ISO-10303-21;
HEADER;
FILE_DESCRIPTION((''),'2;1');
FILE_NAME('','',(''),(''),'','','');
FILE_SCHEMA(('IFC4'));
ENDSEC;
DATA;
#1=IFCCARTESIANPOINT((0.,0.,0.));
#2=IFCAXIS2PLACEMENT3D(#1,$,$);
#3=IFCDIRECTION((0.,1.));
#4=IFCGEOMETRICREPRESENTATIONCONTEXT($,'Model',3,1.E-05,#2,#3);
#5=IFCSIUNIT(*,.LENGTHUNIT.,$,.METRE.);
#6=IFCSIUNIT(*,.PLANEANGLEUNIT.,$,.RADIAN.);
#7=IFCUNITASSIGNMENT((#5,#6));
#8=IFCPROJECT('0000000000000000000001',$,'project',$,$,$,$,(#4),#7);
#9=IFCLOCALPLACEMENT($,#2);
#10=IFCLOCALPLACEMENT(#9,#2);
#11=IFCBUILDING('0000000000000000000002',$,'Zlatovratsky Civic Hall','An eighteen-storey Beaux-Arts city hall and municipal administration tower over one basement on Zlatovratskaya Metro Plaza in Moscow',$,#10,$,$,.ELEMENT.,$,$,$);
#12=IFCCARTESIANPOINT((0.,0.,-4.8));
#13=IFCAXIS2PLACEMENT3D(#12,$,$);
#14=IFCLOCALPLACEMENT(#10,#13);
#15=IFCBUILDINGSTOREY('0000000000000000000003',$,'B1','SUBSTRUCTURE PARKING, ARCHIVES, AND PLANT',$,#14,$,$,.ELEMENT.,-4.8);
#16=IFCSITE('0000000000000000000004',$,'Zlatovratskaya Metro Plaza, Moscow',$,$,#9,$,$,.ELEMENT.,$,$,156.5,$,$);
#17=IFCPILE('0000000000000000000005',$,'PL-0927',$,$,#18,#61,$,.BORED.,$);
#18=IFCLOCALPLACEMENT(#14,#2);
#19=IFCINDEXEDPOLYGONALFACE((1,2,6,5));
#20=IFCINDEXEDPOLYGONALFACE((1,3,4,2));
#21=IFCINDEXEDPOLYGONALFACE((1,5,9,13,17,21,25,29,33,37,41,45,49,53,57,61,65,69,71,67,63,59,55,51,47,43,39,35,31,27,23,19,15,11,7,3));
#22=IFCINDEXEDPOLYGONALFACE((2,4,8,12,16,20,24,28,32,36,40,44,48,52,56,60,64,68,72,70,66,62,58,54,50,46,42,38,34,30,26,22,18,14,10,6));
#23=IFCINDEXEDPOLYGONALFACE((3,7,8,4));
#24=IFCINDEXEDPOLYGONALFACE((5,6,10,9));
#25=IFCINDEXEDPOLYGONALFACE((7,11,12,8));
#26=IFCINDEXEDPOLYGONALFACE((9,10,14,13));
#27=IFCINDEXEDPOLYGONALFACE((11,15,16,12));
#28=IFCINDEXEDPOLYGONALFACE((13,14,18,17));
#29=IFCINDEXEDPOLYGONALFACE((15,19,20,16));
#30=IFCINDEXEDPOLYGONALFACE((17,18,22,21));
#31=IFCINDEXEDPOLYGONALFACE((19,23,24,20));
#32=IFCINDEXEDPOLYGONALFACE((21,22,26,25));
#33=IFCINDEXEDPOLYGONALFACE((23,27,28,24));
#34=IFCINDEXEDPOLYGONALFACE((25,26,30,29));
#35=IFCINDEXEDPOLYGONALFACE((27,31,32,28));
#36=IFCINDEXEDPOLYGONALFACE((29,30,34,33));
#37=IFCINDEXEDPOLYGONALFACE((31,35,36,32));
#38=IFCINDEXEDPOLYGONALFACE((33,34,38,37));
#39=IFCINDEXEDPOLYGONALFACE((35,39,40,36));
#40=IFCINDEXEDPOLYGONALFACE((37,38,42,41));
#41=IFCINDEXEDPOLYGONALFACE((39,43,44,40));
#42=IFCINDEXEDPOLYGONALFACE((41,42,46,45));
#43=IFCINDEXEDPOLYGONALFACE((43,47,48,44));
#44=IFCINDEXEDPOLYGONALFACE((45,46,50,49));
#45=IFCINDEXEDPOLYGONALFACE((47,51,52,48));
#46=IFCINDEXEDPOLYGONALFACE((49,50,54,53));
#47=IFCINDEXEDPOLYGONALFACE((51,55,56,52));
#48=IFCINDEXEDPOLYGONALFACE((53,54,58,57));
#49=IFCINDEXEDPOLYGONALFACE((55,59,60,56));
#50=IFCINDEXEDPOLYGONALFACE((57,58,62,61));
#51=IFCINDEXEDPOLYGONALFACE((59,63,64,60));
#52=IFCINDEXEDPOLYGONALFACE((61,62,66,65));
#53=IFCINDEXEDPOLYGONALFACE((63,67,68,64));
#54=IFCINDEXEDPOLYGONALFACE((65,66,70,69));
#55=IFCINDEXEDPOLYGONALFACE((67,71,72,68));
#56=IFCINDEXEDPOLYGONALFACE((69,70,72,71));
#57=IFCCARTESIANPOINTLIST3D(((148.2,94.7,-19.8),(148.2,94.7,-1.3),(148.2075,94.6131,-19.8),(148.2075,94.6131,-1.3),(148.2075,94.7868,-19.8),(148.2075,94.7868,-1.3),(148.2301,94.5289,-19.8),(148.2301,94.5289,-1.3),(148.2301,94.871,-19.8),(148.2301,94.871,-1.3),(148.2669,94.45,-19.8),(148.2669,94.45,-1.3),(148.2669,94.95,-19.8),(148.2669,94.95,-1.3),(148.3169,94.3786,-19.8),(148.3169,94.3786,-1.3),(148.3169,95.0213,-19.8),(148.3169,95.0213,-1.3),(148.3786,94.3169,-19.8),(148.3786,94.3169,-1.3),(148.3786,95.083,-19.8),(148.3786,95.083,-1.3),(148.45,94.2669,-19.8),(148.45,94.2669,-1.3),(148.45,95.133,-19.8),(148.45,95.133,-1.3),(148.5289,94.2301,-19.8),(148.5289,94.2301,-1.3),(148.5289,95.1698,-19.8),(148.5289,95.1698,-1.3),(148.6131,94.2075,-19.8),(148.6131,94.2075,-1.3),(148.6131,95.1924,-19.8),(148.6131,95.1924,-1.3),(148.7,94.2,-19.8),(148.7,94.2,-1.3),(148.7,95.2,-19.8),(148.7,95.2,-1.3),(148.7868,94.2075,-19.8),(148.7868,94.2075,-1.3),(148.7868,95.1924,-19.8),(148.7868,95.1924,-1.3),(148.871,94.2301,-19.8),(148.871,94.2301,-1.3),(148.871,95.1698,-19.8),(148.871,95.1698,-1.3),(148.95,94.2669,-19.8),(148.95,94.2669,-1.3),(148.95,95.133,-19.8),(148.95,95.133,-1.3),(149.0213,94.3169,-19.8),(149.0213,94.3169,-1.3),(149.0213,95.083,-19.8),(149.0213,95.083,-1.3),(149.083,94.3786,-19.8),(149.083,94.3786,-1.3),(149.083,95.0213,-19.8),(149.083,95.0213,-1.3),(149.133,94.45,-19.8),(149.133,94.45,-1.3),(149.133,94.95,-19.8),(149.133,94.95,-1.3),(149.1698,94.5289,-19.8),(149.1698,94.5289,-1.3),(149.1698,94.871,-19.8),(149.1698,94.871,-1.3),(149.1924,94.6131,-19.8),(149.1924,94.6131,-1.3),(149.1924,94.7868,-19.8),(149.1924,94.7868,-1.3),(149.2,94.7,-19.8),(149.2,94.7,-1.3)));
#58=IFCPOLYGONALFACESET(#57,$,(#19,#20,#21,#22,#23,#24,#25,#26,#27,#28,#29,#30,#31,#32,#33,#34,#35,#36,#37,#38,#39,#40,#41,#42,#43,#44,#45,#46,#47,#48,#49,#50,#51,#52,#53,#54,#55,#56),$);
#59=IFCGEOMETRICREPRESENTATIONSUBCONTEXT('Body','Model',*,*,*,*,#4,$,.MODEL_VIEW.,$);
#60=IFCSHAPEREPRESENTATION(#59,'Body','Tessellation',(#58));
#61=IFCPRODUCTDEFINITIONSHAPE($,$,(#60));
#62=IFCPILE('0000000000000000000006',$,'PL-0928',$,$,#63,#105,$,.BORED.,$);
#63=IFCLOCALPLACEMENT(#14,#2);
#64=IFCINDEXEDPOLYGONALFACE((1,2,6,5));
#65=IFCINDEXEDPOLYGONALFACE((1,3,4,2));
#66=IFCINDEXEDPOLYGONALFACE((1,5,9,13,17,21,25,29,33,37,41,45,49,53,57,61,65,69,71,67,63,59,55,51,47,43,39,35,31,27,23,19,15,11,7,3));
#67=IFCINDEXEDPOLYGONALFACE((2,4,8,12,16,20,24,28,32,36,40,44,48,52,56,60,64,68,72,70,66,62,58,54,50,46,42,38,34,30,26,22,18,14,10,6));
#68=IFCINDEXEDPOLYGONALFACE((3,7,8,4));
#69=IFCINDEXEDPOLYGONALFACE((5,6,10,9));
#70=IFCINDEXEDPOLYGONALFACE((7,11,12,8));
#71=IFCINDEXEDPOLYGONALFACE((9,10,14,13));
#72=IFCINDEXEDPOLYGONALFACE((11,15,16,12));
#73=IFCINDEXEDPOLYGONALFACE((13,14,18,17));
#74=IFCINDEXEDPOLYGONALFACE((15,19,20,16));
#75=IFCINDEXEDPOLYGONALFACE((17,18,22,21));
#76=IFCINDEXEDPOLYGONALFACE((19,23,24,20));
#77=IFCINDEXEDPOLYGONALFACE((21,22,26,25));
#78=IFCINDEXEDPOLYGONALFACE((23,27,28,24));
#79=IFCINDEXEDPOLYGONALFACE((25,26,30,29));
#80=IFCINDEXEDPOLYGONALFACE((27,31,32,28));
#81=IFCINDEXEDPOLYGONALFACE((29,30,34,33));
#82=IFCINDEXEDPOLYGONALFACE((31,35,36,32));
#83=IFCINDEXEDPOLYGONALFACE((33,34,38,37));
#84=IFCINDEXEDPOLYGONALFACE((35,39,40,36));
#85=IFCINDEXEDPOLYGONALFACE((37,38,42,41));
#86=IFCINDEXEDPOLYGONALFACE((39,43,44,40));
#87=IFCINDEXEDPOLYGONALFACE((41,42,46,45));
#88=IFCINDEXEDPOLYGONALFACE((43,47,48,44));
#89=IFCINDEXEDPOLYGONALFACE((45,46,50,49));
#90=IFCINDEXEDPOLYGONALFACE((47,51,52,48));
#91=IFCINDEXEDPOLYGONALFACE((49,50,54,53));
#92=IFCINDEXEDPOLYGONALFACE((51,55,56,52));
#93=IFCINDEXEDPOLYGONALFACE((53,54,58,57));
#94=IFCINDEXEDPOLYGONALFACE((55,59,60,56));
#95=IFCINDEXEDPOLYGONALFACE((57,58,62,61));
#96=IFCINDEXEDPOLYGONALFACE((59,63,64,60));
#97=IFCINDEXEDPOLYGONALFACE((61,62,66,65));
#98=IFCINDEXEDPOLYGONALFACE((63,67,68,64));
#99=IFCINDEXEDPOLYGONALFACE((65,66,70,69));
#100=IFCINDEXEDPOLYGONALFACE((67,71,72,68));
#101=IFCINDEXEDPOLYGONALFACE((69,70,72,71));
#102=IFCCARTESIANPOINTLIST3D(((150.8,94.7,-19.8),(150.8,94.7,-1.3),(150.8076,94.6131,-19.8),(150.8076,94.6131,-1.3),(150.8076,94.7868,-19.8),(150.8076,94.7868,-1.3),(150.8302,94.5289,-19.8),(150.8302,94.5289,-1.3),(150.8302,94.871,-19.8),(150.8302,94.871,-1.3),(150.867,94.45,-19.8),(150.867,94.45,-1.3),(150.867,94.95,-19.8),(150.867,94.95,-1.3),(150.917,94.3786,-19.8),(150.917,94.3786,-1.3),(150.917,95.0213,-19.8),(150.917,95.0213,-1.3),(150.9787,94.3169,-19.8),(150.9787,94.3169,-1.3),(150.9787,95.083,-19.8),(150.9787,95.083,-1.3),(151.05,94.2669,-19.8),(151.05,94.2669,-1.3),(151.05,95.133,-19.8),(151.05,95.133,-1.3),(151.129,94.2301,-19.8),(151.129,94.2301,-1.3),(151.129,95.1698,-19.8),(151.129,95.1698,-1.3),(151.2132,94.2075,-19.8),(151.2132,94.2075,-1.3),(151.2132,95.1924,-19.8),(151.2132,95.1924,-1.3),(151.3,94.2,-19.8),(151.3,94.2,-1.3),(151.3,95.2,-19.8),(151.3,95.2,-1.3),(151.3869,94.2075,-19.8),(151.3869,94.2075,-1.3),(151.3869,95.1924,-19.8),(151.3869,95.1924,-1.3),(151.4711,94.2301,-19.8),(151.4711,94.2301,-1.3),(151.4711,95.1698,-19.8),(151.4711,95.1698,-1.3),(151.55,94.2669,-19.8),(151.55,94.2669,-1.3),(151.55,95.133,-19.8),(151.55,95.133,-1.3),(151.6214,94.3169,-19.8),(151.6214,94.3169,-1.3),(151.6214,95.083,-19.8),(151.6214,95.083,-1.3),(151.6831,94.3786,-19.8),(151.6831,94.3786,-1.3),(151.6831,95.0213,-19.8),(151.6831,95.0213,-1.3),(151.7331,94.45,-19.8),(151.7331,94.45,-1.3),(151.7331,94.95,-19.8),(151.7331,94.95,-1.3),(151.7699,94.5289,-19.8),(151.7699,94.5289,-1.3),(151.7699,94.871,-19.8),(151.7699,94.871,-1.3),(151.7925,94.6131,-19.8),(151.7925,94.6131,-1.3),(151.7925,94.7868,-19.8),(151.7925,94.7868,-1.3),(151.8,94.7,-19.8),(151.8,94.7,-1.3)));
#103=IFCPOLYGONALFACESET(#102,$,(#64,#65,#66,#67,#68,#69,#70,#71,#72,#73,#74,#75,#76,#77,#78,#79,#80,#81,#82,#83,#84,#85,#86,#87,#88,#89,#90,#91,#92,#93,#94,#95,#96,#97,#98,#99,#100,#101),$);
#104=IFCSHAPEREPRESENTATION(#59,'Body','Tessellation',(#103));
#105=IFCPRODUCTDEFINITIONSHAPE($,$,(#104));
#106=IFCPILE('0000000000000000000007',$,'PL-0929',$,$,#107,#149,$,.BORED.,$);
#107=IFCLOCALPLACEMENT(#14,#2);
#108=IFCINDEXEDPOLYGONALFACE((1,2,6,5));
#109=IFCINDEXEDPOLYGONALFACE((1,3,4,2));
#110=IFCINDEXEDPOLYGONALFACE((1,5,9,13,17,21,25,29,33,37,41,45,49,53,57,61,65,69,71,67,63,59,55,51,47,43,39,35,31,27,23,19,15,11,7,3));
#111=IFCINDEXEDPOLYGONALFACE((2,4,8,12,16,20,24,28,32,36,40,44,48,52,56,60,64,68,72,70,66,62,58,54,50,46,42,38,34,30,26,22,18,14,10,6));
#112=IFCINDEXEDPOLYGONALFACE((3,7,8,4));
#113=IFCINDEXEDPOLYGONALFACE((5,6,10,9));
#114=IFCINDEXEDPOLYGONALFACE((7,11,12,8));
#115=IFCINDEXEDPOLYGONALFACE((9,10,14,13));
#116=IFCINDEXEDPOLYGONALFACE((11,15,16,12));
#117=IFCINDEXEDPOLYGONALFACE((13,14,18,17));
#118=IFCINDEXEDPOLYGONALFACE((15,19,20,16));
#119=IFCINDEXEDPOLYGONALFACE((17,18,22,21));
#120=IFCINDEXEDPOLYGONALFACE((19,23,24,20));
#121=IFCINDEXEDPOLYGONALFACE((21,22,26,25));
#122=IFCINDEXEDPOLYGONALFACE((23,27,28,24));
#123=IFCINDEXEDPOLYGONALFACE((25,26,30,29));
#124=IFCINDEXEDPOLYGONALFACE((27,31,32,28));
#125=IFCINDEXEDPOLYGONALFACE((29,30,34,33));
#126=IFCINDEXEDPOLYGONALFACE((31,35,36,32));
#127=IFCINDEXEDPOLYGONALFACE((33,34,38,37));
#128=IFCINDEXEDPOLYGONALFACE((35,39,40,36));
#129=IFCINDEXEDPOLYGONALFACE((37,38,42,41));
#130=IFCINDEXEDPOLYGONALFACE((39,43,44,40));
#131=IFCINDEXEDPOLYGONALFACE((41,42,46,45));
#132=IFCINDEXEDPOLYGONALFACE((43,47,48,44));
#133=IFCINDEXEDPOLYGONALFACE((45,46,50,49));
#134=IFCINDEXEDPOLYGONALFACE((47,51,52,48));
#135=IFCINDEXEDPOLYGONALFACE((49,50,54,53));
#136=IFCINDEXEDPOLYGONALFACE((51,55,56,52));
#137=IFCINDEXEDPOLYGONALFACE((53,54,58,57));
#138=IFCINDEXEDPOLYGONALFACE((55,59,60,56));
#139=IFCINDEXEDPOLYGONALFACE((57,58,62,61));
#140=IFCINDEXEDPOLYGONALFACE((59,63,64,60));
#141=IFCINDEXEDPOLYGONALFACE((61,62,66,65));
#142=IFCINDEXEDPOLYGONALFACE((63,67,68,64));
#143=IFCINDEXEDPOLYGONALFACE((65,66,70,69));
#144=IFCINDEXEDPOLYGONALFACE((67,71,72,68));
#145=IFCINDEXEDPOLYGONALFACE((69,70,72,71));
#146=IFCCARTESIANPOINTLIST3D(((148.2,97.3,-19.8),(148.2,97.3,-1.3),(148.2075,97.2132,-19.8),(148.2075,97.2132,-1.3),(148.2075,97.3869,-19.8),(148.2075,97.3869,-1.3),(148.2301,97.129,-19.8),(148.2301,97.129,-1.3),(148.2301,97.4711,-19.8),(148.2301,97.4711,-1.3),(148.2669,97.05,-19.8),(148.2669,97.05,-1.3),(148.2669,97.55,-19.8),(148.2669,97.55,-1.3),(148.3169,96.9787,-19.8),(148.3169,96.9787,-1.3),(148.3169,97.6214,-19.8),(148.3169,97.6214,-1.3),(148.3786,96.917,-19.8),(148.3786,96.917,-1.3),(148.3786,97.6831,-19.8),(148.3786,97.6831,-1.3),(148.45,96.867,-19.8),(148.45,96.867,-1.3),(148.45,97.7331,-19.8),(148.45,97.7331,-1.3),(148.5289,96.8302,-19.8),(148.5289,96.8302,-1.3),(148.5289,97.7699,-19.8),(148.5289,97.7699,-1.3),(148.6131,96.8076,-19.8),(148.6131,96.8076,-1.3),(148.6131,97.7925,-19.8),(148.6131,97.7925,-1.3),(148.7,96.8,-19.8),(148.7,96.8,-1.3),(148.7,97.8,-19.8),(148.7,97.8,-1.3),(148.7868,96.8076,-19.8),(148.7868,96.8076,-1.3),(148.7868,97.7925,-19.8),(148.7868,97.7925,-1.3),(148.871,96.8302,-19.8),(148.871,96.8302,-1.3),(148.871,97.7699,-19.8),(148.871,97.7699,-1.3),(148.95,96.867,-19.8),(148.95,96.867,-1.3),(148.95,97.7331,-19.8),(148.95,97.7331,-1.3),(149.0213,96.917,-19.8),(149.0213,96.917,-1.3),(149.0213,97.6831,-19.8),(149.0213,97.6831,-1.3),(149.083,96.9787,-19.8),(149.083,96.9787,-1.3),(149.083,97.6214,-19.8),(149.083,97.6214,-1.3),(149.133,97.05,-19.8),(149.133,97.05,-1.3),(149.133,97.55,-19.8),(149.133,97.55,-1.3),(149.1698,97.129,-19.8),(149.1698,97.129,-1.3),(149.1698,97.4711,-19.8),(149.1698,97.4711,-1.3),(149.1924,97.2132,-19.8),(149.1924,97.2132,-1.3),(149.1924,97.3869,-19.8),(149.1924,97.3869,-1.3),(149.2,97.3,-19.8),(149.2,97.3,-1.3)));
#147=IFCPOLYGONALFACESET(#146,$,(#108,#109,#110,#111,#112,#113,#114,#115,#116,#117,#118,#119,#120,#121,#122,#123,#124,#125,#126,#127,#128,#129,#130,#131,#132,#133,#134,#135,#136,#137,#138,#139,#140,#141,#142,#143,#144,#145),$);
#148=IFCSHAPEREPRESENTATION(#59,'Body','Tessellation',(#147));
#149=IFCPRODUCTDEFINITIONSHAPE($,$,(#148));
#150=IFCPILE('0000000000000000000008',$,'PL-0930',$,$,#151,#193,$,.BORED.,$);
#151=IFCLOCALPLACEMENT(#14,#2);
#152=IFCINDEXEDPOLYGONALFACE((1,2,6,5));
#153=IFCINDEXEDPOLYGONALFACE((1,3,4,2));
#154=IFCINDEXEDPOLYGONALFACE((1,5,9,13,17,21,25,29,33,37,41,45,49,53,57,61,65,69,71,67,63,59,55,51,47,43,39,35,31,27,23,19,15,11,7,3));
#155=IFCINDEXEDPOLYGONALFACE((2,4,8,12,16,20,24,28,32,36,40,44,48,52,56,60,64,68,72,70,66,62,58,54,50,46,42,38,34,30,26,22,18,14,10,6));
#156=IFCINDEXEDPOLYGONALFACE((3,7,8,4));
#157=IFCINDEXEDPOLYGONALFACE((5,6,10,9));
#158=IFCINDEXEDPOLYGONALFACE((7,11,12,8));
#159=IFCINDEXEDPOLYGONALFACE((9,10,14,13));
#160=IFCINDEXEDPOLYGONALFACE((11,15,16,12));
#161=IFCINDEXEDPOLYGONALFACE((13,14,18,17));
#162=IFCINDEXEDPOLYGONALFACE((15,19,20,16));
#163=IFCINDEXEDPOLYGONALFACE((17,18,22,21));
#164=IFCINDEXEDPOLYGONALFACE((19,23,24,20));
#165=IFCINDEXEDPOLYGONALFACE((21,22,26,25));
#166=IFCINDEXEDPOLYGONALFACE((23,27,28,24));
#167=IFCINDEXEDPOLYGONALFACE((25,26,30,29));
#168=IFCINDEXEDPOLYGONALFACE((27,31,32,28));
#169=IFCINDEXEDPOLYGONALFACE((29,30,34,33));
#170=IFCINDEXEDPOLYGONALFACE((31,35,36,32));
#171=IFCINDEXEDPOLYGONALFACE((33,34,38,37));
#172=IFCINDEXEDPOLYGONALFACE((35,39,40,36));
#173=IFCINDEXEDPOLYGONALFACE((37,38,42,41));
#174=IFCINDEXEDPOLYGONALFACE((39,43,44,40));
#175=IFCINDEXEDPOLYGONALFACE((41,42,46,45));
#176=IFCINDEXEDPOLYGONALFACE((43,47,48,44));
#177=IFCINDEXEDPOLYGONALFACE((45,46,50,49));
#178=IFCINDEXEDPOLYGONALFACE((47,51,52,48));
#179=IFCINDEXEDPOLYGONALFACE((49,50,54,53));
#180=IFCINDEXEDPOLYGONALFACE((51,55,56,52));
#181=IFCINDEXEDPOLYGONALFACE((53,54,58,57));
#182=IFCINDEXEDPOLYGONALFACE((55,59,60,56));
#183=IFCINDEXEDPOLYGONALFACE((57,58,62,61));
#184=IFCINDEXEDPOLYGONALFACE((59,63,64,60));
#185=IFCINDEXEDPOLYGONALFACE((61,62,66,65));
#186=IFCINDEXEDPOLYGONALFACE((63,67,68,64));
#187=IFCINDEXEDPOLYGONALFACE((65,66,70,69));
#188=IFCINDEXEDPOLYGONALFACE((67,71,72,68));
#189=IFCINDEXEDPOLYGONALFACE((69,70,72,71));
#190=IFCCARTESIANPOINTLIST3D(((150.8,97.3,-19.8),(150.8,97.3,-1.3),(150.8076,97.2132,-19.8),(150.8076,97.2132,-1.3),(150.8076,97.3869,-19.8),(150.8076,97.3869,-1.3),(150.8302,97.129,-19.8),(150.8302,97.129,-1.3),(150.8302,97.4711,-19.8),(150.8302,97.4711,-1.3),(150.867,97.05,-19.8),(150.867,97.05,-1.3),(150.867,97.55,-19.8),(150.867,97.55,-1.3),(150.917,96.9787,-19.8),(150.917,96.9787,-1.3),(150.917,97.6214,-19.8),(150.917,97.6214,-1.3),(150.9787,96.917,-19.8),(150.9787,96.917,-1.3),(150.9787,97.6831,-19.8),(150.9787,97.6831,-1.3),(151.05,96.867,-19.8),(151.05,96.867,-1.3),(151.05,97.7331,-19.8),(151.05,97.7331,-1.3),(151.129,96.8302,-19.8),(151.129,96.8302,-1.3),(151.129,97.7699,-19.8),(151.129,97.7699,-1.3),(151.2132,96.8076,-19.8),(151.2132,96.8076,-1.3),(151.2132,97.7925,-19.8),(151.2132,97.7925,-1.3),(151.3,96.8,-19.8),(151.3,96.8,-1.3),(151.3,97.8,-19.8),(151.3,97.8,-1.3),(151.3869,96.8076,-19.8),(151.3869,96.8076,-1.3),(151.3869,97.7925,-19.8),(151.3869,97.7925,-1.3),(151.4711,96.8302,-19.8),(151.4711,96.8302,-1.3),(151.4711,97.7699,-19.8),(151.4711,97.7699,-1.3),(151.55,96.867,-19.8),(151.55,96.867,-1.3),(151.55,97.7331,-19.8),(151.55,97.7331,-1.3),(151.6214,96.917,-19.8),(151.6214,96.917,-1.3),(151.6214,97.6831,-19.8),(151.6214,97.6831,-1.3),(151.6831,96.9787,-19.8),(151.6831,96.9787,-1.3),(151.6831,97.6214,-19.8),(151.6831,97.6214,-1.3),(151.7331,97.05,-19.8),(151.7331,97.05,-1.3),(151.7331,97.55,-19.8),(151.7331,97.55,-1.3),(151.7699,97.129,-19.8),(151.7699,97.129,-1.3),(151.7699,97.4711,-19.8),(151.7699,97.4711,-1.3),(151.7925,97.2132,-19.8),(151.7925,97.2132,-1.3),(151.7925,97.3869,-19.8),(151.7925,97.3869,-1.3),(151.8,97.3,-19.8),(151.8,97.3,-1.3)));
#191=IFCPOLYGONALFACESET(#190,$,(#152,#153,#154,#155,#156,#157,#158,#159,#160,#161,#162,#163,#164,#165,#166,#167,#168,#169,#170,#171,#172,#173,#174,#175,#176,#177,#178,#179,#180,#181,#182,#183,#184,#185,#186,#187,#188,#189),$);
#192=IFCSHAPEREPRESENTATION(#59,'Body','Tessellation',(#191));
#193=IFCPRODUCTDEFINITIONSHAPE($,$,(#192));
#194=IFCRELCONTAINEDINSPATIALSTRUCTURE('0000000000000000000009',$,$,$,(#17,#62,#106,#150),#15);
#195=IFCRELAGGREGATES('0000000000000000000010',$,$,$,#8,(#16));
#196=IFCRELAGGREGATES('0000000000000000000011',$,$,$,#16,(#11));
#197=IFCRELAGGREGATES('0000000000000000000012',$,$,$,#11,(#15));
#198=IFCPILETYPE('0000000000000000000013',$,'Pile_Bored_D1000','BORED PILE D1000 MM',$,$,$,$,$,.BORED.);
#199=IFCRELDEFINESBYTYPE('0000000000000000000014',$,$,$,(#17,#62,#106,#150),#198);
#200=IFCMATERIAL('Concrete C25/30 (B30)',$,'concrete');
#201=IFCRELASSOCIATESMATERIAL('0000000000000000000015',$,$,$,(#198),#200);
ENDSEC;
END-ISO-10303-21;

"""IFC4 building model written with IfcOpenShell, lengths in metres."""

from ifc_helpers import new_model, si_unit, direction, frame, origin, origin_2d, place, context, subcontext, project, spatial, circle, extrude, material, material_profile, profile_set, type_object, element, save


model = new_model("IFC4")

# Units and contexts
model_context = context("Model", 3, precision=1e-05, world=origin(), true_north=direction((0.0, 1.0)))
body_context = subcontext(model_context, "Body", "Model", "MODEL_VIEW")
ifc_project = project(units=[si_unit("LENGTHUNIT", "METRE"), si_unit("PLANEANGLEUNIT", "RADIAN")], contexts=[model_context])

# Site, building, storey
site_placement = place(None, origin())
site = spatial("IfcSite", under=ifc_project, at=site_placement, Name="Zlatovratskaya Metro Plaza, Moscow", CompositionType="ELEMENT", RefElevation=156.5)
building_placement = place(site_placement, origin())
building = spatial("IfcBuilding", under=site, at=building_placement, Name="Zlatovratsky Civic Hall", Description="An eighteen-storey Beaux-Arts city hall and municipal administration tower over one basement on Zlatovratskaya Metro Plaza in Moscow", CompositionType="ELEMENT")
storey_placement = place(building_placement, frame((0.0, 0.0, -4.8)))
storey = spatial("IfcBuildingStorey", under=building, at=storey_placement, Name="B1", Description="SUBSTRUCTURE PARKING, ARCHIVES, AND PLANT", CompositionType="ELEMENT", Elevation=-4.8)

# Shared definitions
ifc_material_1 = material(Name="Concrete C25/30 (B30)", Category="concrete")

# Piles
ifc_material_profile_1 = material_profile(ifc_material_1, circle(Radius=0.5, at=origin_2d()), Name="PILE D1000")
ifc_profile_set_1 = profile_set([ifc_material_profile_1], Name="Concrete C25/30 (B30)")
pile_type_1 = type_object("IfcPileType", Name="Pile_Bored_D1000", Description="BORED PILE D1000 MM", PredefinedType="BORED", material=ifc_profile_set_1)
for number, where, z_axis, x_axis, name in (
    (1, (148.7, 94.7, -1.3), (0.0, 0.0, -1.0), (1.0, 0.0, 0.0), "PL-0927"),
    (2, (151.3, 94.7, -1.3), (0.0, 0.0, -1.0), (1.0, 0.0, 0.0), "PL-0928"),
    (3, (148.7, 97.3, -1.3), (0.0, 0.0, -1.0), (1.0, 0.0, 0.0), "PL-0929"),
    (4, (151.3, 97.3, -1.3), (0.0, 0.0, -1.0), (1.0, 0.0, 0.0), "PL-0930"),
):
    element("IfcPile", number, at=place(storey_placement, frame(where, z_axis=z_axis, x_axis=x_axis)), inside=storey, type_object=pile_type_1, Name=name, PredefinedType="BORED", context=body_context, shape_type="SweptSolid", body=[
        extrude(circle(Radius=0.5, at=origin_2d()), origin(), (0.0, 0.0, 1.0), 18.5),
    ])

save(model, "model.ifc")
